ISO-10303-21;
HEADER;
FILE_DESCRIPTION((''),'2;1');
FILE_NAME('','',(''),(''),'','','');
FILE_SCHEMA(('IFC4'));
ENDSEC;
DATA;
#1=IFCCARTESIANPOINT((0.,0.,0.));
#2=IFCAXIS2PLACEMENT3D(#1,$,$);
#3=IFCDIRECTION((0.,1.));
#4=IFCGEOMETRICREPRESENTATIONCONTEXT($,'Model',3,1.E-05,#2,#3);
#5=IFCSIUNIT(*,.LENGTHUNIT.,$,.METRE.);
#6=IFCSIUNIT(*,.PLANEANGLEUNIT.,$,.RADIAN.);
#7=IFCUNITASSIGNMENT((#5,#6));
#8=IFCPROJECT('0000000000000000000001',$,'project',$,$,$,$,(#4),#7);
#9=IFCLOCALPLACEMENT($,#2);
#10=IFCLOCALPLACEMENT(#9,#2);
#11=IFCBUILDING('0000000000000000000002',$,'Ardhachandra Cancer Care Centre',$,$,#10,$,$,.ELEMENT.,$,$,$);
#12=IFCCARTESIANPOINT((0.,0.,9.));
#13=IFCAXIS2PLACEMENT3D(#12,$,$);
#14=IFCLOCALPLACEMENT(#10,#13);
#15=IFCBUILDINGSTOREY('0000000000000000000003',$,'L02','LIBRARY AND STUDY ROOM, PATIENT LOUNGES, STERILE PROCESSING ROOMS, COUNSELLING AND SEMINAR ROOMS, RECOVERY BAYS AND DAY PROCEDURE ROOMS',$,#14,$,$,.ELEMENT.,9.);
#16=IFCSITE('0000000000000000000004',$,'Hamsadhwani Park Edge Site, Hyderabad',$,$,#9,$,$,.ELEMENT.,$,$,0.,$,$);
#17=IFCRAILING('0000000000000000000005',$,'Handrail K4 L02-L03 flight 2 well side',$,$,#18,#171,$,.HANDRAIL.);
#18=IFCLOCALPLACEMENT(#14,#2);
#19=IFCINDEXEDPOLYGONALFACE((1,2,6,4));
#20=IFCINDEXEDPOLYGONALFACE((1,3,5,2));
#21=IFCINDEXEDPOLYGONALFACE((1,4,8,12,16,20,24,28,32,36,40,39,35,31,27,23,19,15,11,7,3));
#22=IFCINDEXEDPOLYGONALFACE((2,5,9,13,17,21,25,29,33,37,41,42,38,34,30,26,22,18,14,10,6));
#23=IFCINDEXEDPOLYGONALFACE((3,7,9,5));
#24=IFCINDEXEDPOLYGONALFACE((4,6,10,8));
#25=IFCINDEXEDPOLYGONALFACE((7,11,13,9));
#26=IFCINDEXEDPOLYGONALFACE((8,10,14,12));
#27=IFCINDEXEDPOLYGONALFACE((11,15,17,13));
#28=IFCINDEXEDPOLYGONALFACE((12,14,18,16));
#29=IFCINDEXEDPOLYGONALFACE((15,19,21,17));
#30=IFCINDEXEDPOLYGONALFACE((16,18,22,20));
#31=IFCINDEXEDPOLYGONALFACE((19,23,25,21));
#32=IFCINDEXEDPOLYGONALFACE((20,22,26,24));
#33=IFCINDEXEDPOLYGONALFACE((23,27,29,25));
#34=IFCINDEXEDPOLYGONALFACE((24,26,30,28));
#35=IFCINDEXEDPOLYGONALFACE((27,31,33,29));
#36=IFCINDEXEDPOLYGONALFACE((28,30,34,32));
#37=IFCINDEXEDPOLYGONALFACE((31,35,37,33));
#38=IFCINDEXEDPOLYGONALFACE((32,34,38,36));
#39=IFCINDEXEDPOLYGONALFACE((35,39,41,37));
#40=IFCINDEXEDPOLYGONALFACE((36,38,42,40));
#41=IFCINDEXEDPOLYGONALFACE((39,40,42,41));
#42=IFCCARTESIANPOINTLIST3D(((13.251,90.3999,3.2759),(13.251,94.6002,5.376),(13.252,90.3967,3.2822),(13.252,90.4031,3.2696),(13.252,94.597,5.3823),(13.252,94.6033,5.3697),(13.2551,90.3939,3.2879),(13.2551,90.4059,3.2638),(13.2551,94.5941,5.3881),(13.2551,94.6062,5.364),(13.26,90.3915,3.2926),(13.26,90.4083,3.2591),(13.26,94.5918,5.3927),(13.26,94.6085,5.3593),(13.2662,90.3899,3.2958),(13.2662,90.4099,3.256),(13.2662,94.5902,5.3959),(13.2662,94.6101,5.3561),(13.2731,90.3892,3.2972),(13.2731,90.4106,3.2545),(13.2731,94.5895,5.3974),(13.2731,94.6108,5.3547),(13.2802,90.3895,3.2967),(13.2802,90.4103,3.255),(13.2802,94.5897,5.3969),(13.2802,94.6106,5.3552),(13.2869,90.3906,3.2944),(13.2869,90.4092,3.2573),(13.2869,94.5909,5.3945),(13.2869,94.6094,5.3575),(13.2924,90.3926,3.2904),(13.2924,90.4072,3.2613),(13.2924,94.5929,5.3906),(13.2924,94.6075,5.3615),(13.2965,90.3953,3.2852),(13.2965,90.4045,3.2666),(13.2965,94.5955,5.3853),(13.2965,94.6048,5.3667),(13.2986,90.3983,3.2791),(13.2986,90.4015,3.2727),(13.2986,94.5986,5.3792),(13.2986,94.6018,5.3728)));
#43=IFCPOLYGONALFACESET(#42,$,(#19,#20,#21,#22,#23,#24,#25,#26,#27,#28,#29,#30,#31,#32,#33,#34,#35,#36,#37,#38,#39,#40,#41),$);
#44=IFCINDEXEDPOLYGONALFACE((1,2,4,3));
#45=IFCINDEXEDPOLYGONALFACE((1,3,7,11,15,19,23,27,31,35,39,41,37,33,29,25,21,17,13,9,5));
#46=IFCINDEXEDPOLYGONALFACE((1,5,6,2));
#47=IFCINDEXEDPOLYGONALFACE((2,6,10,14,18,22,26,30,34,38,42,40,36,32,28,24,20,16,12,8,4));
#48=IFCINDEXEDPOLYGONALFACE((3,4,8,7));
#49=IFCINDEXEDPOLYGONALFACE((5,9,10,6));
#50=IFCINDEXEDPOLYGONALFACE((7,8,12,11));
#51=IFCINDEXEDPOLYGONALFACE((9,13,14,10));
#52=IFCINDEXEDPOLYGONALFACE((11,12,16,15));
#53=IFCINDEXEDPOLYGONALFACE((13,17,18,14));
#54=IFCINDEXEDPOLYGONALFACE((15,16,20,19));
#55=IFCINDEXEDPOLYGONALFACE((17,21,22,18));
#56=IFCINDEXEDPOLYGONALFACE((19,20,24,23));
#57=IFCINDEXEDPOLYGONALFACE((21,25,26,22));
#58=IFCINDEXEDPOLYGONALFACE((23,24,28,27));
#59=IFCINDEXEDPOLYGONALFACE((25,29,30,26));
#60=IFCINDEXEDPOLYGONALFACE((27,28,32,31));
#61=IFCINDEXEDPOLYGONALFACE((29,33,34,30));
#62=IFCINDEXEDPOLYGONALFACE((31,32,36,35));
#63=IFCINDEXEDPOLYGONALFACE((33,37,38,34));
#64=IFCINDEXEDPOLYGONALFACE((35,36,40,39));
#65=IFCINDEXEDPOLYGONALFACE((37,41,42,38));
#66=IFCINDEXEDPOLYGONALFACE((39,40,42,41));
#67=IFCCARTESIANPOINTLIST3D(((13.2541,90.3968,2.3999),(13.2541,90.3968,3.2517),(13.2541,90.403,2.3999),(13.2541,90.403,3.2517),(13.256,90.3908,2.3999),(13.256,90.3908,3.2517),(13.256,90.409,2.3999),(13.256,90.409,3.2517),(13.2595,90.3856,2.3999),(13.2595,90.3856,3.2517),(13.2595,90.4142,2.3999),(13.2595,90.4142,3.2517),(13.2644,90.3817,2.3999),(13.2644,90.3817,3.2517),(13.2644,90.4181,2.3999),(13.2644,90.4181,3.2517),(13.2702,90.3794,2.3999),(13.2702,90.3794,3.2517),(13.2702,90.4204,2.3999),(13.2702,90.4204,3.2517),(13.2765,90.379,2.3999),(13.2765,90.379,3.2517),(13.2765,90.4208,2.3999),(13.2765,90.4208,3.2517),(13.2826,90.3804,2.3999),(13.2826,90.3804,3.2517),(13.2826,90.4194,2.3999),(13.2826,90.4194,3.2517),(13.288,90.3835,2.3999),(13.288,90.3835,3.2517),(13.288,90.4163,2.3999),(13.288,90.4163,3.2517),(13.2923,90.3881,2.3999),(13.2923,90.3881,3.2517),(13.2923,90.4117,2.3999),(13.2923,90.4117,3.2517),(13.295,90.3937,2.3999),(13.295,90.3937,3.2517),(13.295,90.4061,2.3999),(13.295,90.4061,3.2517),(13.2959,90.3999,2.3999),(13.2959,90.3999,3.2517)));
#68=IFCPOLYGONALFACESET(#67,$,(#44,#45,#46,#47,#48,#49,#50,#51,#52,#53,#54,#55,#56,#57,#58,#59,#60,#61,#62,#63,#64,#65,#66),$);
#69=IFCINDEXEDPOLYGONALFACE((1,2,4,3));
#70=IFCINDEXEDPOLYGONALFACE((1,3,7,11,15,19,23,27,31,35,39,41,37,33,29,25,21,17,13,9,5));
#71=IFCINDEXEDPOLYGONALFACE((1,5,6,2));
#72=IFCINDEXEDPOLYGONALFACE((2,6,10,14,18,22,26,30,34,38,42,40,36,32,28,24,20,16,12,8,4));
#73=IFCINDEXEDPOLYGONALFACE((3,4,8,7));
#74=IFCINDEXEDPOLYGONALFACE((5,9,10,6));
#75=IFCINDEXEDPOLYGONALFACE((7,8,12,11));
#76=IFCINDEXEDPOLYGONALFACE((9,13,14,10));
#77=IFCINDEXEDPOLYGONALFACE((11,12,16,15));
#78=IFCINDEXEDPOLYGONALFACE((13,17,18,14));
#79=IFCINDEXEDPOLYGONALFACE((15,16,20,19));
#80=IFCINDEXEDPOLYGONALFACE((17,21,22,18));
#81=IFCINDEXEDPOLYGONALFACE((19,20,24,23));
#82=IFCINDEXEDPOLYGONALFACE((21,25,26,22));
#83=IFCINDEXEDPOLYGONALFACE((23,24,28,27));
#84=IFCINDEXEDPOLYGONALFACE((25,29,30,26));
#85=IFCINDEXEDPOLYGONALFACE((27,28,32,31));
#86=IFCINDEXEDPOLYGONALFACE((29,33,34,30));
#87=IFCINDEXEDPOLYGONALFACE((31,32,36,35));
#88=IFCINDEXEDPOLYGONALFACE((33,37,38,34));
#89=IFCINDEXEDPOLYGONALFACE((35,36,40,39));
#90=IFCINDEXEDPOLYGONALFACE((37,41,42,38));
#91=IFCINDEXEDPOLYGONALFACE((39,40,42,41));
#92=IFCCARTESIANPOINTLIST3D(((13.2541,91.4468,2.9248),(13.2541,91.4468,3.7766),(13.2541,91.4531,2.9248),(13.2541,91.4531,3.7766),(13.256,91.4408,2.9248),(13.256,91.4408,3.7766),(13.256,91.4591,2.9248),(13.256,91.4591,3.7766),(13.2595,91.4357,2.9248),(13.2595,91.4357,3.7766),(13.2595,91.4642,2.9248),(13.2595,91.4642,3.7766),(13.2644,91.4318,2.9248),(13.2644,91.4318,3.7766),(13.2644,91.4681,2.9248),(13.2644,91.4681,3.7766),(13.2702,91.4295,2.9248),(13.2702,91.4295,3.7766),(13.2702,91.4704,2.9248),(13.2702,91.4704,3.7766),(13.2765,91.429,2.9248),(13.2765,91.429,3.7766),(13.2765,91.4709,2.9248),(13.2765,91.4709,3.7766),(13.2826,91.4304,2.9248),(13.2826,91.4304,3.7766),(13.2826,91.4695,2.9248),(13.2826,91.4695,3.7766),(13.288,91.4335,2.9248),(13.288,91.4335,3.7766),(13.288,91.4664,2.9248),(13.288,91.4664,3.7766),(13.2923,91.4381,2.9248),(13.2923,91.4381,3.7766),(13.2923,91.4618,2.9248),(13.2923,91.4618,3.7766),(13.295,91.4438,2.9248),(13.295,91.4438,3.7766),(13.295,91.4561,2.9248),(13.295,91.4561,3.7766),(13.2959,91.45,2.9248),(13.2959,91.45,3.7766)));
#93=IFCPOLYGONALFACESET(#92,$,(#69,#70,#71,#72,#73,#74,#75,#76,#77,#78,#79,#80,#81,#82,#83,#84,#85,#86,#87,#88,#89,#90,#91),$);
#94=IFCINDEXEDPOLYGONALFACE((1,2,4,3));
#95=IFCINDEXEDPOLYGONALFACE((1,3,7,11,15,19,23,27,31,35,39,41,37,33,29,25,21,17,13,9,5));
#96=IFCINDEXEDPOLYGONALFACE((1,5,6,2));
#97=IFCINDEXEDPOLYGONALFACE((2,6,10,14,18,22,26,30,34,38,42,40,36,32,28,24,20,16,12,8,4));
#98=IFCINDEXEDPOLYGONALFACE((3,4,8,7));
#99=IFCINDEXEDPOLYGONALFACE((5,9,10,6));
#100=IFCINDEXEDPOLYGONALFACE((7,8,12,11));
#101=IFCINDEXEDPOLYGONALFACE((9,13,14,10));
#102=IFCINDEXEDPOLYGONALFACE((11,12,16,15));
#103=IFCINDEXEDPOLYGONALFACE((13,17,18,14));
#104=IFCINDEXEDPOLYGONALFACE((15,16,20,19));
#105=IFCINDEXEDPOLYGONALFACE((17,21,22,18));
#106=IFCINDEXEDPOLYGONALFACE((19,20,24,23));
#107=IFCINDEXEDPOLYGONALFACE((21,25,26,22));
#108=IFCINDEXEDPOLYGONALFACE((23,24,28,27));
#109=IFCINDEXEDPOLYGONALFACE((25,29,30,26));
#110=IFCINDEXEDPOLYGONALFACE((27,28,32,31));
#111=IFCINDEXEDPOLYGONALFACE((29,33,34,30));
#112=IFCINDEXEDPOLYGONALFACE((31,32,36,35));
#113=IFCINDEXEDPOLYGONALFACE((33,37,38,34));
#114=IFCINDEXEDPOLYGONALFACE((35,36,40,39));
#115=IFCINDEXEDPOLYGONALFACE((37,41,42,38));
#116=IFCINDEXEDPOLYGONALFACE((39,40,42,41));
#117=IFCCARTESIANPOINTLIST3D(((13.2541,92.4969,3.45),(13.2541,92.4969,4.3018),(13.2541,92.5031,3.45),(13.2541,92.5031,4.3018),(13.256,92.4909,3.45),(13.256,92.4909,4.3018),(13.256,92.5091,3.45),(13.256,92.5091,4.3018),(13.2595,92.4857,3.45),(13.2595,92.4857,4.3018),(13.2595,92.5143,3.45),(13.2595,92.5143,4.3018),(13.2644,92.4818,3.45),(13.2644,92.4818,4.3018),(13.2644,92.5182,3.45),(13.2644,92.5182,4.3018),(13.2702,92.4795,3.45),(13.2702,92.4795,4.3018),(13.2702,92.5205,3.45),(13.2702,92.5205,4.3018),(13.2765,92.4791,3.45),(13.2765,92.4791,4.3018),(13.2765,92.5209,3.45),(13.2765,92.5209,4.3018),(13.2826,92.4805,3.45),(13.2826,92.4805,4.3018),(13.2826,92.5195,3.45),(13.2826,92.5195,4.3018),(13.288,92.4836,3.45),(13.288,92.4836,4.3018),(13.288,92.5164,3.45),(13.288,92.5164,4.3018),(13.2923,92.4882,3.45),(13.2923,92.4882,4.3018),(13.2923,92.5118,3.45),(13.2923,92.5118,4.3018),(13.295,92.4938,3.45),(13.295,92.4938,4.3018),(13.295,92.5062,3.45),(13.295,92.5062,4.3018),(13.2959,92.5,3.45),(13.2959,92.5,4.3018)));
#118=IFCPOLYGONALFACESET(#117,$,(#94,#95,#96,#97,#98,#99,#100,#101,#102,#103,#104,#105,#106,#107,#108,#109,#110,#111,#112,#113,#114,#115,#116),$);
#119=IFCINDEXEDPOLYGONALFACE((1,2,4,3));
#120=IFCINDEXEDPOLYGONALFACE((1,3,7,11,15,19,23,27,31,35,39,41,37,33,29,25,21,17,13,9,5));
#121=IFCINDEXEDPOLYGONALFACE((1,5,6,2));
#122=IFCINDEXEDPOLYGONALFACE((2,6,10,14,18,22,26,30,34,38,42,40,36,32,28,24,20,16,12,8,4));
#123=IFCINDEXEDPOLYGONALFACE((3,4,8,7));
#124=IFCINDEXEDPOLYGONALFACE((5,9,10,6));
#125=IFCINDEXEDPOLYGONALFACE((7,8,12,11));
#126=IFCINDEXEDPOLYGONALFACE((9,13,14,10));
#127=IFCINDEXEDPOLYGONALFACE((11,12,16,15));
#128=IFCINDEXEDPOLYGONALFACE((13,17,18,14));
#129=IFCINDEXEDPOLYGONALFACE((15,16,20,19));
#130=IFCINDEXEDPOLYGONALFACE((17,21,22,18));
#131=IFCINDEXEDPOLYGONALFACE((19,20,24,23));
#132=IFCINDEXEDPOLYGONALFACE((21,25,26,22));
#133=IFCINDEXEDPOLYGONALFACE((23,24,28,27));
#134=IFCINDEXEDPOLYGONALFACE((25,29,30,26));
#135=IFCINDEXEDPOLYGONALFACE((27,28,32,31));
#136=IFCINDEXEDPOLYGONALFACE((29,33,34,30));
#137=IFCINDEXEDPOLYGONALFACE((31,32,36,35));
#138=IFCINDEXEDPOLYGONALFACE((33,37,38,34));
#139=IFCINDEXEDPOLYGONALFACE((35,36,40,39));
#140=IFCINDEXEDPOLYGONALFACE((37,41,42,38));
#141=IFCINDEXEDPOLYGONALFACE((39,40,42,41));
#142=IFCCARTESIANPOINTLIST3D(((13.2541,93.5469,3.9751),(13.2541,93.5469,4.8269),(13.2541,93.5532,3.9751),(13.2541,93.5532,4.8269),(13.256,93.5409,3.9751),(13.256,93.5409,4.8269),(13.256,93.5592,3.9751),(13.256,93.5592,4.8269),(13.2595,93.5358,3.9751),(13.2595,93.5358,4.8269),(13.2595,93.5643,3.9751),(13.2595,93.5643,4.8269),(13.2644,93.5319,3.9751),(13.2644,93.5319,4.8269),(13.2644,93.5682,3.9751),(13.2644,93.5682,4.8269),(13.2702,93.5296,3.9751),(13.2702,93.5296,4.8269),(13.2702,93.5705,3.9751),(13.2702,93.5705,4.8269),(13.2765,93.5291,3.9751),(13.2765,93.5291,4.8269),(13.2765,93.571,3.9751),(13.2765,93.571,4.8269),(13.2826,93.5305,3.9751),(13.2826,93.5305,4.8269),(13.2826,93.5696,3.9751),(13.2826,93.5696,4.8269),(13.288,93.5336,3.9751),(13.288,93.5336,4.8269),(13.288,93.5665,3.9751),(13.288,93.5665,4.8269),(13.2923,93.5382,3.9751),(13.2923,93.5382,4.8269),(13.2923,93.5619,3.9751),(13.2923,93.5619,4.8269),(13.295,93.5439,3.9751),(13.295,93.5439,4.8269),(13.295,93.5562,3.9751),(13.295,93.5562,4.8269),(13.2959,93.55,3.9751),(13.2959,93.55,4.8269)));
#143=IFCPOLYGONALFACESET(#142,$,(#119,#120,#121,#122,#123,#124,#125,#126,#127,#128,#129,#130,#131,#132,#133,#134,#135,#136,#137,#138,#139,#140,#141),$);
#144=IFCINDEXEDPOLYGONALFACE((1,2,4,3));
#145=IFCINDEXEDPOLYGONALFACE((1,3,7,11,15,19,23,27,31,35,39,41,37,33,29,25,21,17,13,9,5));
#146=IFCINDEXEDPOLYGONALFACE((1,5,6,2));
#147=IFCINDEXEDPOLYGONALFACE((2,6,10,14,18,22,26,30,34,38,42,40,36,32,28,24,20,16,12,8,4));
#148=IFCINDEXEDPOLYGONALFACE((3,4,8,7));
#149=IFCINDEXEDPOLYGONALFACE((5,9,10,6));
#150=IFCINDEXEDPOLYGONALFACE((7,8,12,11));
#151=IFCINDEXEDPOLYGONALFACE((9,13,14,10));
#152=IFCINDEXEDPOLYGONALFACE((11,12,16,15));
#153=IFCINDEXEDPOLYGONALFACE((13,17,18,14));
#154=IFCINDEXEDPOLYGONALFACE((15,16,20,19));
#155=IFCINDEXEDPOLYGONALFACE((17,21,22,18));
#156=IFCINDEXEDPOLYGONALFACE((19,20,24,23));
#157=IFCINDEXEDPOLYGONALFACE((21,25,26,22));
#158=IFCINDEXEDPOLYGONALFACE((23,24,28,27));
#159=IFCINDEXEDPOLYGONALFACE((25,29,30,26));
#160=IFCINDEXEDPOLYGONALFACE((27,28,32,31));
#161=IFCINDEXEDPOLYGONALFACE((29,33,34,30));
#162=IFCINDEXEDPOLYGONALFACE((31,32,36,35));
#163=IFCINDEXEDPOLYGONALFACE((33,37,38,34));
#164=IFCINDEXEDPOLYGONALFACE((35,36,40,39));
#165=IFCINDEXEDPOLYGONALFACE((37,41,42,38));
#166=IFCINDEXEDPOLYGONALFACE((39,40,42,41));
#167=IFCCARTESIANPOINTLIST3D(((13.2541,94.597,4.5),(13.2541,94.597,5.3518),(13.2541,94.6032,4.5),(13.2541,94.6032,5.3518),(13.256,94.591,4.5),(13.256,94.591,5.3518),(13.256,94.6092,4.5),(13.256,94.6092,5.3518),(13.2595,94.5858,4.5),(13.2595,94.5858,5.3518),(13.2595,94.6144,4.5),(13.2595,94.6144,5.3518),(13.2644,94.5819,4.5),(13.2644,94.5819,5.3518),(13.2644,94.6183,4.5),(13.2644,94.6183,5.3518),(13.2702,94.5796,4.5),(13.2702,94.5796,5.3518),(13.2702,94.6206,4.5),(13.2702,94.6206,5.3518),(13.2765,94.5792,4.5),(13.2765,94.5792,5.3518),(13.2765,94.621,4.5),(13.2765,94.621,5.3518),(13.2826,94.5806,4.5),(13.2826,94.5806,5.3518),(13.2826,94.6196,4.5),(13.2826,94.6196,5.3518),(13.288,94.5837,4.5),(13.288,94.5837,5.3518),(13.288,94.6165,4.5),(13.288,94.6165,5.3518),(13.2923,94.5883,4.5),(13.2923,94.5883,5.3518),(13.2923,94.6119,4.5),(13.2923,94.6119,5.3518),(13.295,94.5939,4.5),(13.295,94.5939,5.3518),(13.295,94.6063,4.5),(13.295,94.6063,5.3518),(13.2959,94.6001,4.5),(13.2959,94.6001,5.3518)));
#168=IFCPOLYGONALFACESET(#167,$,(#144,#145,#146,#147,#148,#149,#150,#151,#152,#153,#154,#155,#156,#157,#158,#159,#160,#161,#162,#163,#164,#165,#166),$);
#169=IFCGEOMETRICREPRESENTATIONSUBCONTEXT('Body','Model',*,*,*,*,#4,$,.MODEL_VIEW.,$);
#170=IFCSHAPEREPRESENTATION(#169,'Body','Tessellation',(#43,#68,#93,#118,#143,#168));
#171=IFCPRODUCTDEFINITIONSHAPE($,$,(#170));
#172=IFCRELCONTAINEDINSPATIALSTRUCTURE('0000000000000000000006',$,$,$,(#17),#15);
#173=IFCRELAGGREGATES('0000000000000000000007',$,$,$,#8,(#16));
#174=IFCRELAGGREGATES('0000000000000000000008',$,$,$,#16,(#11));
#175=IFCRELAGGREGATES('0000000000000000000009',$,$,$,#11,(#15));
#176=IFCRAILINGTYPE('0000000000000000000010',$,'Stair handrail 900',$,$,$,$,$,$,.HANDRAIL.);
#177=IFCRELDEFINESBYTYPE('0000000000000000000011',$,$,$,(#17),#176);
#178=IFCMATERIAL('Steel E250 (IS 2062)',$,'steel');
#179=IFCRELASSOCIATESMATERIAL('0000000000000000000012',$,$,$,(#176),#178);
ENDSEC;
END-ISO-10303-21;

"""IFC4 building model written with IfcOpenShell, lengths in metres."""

from ifc_helpers import new_model, si_unit, direction, frame, origin, origin_2d, place, context, subcontext, project, spatial, circle, extrude, material, type_object, element, save


model = new_model("IFC4")

# Units and contexts
model_context = context("Model", 3, precision=1e-05, world=origin(), true_north=direction((0.0, 1.0)))
body_context = subcontext(model_context, "Body", "Model", "MODEL_VIEW")
ifc_project = project(units=[si_unit("LENGTHUNIT", "METRE"), si_unit("PLANEANGLEUNIT", "RADIAN")], contexts=[model_context])

# Site, building, storey
site_placement = place(None, origin())
site = spatial("IfcSite", under=ifc_project, at=site_placement, Name="Hamsadhwani Park Edge Site, Hyderabad", CompositionType="ELEMENT", RefElevation=0.0)
building_placement = place(site_placement, origin())
building = spatial("IfcBuilding", under=site, at=building_placement, Name="Ardhachandra Cancer Care Centre", CompositionType="ELEMENT")
storey_placement = place(building_placement, frame((0.0, 0.0, 9.0)))
storey = spatial("IfcBuildingStorey", under=building, at=storey_placement, Name="L02", Description="LIBRARY AND STUDY ROOM, PATIENT LOUNGES, STERILE PROCESSING ROOMS, COUNSELLING AND SEMINAR ROOMS, RECOVERY BAYS AND DAY PROCEDURE ROOMS", CompositionType="ELEMENT", Elevation=9.0)

# Railing
ifc_material_1 = material(Name="Steel E250 (IS 2062)", Category="steel")
railing_type = type_object("IfcRailingType", Name="Stair handrail 900", PredefinedType="HANDRAIL", material=ifc_material_1)
for number, where, name in (
    (1, (13.2749, 90.3999, 2.3999), "Handrail K4 L02-L03 flight 2 well side"),
):
    element("IfcRailing", number, at=place(storey_placement, frame(where)), inside=storey, type_object=railing_type, Name=name, PredefinedType="HANDRAIL", context=body_context, shape_type="SweptSolid", body=[
        extrude(circle(Radius=0.0239, at=origin_2d()), frame((0.0, 0.0, 0.876), z_axis=(0.0, 0.894427, 0.447214), x_axis=(-1.0, 0.0, 0.0)), (0.0, 0.0, 1.0), 4.696),
        extrude(circle(Radius=0.021, at=origin_2d()), origin(), (0.0, 0.0, 1.0), 0.8518),
        extrude(circle(Radius=0.021, at=origin_2d()), frame((0.0, 1.05, 0.5249)), (0.0, 0.0, 1.0), 0.8518),
        extrude(circle(Radius=0.021, at=origin_2d()), frame((0.0, 2.1001, 1.05)), (0.0, 0.0, 1.0), 0.8518),
        extrude(circle(Radius=0.021, at=origin_2d()), frame((0.0, 3.1501, 1.5752)), (0.0, 0.0, 1.0), 0.8518),
        extrude(circle(Radius=0.021, at=origin_2d()), frame((0.0, 4.2002, 2.1001)), (0.0, 0.0, 1.0), 0.8518),
    ])

save(model, "model.ifc")
